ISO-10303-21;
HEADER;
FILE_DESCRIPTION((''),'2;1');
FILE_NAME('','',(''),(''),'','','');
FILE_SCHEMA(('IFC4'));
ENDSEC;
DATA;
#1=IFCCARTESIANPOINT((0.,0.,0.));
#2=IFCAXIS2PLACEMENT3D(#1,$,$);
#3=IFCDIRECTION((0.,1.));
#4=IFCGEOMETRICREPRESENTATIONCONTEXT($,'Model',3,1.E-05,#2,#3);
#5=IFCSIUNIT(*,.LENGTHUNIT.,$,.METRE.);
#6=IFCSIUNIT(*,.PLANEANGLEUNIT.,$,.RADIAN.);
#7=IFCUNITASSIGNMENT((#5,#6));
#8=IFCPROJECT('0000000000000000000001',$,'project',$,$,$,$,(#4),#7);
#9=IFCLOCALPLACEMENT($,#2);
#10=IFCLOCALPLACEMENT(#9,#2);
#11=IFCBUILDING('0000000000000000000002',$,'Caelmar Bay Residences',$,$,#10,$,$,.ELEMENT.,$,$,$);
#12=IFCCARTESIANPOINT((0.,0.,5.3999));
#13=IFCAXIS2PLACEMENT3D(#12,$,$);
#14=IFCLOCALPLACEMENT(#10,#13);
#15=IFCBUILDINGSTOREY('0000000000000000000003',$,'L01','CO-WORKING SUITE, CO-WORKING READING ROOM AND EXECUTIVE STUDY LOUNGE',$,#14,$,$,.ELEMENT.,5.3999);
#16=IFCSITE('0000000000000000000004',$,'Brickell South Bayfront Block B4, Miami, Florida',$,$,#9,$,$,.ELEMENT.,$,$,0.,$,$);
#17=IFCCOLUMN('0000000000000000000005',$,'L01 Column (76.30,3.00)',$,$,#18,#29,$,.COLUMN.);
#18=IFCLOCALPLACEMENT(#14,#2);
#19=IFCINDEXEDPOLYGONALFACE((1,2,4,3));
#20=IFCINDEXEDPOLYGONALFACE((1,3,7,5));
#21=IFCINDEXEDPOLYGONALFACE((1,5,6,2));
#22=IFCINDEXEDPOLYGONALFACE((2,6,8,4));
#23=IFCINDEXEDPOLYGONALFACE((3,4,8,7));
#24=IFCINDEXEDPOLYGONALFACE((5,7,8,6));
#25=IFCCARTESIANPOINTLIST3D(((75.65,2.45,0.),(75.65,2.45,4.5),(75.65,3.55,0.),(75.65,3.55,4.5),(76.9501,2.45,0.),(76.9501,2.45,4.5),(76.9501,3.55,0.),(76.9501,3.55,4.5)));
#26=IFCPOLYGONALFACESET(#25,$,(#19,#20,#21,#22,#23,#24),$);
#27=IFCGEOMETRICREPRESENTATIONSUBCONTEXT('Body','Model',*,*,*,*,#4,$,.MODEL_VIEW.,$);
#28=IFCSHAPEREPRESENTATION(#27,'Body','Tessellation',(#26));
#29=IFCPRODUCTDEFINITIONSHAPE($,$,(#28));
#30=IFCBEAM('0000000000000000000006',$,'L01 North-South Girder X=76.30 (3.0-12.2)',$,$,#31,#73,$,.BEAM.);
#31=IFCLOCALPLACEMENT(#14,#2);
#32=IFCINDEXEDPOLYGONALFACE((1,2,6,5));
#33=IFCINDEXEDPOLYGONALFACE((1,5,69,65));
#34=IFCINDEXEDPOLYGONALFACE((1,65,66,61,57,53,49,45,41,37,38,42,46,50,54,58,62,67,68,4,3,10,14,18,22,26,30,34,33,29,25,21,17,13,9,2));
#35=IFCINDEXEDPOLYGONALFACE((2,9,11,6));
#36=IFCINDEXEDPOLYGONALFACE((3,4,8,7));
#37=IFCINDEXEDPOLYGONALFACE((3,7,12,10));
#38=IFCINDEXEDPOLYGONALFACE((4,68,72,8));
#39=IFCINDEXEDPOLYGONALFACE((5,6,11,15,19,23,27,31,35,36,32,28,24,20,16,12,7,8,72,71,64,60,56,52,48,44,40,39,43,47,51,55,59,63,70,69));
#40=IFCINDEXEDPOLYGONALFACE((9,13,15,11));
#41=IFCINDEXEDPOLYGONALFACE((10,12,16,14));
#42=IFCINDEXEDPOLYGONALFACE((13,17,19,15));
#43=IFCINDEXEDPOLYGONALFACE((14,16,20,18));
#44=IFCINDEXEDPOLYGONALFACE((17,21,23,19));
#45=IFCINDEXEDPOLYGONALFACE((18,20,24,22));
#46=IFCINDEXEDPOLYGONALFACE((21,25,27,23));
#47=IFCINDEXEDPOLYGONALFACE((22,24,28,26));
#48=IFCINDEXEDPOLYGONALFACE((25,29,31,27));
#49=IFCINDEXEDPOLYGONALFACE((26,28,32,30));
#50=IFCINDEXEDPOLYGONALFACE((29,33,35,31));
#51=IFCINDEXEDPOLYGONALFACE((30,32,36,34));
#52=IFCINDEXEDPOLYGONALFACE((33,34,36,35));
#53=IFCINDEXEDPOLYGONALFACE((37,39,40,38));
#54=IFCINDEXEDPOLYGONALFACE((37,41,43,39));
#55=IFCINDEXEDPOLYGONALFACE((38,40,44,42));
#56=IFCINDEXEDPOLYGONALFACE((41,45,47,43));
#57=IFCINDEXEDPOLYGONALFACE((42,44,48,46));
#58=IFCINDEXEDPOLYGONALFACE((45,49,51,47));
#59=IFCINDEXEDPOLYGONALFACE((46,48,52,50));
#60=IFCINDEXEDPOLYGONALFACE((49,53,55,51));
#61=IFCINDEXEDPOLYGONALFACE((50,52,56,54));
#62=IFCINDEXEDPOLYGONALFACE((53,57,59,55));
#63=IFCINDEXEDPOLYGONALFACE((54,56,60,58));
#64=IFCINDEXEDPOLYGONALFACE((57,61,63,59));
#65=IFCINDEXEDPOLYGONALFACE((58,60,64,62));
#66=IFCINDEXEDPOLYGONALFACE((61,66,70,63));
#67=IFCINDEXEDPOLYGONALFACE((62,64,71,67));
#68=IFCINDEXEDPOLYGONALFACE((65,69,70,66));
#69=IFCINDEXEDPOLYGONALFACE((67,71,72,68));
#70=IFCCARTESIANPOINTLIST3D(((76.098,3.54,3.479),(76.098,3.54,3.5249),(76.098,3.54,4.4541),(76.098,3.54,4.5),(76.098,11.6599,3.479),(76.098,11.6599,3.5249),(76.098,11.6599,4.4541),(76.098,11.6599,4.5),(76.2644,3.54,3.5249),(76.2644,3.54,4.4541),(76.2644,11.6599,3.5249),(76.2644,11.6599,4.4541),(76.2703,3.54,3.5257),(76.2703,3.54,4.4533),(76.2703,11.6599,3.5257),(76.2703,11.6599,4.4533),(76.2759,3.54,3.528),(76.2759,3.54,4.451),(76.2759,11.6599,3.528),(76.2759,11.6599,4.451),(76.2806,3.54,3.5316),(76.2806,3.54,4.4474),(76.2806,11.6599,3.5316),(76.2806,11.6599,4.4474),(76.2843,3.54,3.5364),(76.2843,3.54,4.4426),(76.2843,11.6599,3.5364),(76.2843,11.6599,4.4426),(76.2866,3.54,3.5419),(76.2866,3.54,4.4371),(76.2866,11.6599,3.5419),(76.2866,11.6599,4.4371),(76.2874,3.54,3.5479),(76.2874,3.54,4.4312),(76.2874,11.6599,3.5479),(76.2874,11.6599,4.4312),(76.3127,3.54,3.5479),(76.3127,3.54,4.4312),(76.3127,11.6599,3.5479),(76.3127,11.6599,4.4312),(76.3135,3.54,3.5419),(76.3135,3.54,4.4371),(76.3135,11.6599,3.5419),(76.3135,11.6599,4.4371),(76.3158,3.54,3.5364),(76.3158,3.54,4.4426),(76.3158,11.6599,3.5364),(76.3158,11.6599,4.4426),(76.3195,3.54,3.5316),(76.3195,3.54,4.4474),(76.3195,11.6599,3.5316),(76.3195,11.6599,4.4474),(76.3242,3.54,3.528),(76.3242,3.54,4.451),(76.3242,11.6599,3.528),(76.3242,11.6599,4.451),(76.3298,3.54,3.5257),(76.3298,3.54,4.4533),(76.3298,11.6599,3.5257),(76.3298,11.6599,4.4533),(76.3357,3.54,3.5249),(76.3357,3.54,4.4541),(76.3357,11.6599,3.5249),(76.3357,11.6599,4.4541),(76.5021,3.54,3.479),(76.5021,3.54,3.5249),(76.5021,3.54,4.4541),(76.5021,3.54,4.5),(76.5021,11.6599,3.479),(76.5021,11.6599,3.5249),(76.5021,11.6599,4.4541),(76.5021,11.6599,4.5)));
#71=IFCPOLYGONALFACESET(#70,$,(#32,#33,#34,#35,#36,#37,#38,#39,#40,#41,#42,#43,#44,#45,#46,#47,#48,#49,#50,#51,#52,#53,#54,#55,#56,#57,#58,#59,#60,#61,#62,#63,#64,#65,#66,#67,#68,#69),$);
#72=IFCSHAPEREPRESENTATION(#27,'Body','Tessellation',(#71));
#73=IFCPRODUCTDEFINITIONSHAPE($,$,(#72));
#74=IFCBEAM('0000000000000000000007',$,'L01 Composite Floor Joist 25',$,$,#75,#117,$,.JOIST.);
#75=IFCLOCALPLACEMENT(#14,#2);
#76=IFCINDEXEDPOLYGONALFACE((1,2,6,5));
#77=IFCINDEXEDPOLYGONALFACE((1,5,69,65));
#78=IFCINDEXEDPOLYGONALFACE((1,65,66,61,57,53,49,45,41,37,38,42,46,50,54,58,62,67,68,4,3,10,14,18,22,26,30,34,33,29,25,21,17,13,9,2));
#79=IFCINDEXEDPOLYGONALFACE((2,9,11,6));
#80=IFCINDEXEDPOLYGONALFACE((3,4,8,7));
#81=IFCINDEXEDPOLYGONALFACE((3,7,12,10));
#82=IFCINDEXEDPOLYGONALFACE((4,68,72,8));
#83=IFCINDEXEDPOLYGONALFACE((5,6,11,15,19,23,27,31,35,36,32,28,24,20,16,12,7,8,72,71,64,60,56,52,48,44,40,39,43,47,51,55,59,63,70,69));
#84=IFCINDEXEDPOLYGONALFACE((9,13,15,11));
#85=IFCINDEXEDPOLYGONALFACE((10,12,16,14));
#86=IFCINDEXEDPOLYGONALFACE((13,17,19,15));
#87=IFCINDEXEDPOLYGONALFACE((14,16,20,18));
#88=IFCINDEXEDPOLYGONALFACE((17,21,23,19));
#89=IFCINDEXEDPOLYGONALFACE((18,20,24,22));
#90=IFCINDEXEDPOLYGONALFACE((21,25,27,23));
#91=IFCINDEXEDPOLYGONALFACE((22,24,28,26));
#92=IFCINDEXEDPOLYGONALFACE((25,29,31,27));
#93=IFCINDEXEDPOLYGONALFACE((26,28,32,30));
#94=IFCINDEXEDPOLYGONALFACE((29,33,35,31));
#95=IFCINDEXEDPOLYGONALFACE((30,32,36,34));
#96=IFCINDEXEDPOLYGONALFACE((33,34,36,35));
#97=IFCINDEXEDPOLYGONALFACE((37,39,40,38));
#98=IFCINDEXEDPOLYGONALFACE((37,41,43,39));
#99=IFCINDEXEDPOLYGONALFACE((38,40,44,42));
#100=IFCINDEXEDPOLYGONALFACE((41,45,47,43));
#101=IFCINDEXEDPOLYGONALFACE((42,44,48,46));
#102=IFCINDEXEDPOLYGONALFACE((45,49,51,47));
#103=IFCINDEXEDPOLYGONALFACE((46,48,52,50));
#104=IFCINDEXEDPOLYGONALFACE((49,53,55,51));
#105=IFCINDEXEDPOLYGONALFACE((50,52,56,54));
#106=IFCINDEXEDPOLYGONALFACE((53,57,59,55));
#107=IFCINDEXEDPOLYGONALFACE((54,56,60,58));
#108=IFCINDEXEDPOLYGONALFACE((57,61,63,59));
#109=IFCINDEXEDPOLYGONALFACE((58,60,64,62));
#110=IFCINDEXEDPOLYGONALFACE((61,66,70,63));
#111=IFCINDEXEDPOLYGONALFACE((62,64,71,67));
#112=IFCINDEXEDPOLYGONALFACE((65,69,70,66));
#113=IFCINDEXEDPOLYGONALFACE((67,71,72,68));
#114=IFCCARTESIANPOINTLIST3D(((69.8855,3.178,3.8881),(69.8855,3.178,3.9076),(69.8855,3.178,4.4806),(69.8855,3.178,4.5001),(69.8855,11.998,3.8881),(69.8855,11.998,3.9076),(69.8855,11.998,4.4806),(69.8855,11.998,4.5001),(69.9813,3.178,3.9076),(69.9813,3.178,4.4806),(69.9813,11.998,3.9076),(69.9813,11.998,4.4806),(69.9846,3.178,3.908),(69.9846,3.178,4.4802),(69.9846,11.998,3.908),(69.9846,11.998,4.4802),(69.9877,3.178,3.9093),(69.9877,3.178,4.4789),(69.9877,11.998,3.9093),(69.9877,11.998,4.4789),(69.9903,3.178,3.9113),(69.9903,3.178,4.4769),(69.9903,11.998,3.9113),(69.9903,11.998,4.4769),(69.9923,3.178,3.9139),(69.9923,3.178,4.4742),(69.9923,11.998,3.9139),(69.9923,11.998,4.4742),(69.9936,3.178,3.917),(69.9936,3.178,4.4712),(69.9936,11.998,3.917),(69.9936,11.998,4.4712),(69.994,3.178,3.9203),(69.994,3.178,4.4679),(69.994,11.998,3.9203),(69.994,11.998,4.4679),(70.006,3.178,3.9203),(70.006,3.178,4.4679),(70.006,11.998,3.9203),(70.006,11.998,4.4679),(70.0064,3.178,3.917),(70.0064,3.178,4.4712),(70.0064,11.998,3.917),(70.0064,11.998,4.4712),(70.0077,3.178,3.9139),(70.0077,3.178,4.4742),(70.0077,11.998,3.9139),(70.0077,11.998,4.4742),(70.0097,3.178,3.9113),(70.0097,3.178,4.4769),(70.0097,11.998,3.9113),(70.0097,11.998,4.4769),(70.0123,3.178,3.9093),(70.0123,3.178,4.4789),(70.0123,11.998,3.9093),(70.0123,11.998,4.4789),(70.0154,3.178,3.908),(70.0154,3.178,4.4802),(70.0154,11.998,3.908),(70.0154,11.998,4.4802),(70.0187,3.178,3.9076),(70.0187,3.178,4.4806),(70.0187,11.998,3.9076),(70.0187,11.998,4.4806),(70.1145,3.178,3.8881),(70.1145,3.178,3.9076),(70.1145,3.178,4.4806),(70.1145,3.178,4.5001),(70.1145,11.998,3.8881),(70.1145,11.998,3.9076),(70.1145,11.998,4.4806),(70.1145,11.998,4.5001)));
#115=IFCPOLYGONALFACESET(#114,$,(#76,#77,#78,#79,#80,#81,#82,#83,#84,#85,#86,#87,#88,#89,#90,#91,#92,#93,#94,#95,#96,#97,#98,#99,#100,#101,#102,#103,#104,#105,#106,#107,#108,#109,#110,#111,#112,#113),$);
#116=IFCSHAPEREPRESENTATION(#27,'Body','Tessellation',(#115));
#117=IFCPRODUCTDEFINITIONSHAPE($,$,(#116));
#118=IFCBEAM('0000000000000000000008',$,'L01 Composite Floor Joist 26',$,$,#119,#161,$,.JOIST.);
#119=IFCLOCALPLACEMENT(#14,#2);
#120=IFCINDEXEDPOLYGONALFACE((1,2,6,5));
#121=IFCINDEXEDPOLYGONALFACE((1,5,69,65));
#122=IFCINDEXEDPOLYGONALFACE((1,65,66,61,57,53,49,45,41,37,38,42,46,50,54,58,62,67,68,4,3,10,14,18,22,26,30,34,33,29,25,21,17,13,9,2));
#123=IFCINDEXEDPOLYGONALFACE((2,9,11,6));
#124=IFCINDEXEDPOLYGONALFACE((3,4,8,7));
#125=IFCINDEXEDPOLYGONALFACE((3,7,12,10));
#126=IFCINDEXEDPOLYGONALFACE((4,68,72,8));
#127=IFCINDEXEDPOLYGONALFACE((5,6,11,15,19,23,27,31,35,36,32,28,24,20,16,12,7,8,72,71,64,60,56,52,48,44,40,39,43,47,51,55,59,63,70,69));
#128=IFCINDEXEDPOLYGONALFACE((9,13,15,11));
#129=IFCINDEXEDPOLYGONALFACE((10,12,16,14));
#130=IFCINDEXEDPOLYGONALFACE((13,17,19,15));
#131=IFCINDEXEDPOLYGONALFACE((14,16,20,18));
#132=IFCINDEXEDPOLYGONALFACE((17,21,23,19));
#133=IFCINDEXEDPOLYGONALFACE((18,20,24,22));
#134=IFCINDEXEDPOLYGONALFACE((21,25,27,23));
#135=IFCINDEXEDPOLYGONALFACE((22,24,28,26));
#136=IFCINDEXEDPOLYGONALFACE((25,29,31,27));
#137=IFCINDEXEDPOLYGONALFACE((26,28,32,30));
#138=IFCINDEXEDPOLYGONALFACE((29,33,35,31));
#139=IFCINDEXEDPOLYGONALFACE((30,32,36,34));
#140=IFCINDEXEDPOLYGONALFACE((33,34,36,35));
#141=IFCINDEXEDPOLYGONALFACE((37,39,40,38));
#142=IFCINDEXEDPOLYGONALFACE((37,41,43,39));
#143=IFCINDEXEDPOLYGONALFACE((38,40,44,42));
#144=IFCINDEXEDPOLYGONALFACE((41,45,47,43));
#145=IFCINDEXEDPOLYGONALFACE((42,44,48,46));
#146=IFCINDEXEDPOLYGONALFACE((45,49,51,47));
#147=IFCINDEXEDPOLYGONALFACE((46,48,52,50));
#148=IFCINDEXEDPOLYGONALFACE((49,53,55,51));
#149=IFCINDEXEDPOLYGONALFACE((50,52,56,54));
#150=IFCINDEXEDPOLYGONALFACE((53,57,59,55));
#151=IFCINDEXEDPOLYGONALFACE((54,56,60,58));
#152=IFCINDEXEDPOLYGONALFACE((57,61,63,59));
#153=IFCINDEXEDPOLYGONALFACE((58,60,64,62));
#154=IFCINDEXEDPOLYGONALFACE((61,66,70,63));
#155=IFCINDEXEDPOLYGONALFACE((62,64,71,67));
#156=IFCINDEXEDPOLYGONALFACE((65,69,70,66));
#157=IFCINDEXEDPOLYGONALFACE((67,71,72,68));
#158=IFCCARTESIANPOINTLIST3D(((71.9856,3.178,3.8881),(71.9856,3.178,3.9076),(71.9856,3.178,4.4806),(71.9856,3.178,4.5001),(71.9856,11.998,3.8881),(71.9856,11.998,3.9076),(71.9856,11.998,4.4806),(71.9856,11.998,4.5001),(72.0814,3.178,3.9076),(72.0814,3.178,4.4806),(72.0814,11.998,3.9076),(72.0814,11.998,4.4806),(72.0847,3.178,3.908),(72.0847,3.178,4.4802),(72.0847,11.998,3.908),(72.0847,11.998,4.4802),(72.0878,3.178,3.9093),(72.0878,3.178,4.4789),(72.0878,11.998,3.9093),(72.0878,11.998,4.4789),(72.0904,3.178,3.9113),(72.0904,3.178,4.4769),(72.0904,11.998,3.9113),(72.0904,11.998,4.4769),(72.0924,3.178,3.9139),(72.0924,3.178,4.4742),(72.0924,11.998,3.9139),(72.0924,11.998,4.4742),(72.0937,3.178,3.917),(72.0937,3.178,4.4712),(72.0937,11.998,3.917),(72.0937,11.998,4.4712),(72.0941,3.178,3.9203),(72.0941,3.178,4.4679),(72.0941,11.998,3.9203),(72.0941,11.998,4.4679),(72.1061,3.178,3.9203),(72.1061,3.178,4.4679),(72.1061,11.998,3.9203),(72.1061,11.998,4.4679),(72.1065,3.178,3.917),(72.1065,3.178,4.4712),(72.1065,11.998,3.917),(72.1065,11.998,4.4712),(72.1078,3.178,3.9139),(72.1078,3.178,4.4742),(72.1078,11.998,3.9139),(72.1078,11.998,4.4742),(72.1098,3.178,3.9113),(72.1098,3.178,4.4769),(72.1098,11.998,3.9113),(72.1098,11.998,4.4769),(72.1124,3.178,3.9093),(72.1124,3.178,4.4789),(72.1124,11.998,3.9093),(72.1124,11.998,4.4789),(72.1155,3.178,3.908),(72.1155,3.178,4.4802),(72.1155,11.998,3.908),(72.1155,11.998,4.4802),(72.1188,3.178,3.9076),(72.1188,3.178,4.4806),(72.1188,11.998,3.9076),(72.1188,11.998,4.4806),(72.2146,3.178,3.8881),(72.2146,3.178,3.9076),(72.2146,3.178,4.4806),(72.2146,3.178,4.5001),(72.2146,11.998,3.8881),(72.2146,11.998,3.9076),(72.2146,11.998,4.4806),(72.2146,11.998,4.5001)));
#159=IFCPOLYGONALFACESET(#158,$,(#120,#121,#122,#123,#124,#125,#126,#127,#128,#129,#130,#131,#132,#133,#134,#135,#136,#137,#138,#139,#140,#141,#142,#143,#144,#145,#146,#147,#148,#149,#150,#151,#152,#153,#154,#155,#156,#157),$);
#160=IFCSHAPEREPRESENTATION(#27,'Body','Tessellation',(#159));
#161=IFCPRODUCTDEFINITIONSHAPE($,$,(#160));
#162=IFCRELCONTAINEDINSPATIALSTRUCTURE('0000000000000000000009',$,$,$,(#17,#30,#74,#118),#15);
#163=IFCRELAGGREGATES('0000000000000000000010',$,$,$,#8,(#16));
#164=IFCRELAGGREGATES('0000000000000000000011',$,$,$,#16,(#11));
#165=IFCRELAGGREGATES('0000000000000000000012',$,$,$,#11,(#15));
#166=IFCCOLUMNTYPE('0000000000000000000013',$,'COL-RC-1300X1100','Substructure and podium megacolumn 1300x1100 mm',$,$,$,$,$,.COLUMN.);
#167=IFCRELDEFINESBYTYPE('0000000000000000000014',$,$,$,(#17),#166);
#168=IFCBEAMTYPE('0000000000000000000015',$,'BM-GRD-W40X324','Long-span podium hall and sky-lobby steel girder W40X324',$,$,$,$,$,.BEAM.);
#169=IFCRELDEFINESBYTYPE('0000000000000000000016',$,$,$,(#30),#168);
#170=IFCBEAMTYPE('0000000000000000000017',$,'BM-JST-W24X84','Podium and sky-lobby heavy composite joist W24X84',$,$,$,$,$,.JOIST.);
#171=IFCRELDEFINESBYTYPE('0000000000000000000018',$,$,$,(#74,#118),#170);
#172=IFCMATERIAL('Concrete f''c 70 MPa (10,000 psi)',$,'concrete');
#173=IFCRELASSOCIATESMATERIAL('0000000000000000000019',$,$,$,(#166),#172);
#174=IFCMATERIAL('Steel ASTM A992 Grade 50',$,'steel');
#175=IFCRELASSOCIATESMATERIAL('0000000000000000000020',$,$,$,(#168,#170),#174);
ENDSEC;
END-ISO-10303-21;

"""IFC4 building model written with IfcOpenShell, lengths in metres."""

from ifc_helpers import new_model, si_unit, direction, frame, origin, origin_2d, place, context, subcontext, project, spatial, rectangle, i_section, extrude, material, material_profile, profile_set, type_object, element, save


model = new_model("IFC4")

# Units and contexts
model_context = context("Model", 3, precision=1e-05, world=origin(), true_north=direction((0.0, 1.0)))
body_context = subcontext(model_context, "Body", "Model", "MODEL_VIEW")
ifc_project = project(units=[si_unit("LENGTHUNIT", "METRE"), si_unit("PLANEANGLEUNIT", "RADIAN")], contexts=[model_context])

# Site, building, storey
site_placement = place(None, origin())
site = spatial("IfcSite", under=ifc_project, at=site_placement, Name="Brickell South Bayfront Block B4, Miami, Florida", CompositionType="ELEMENT", RefElevation=0.0)
building_placement = place(site_placement, origin())
building = spatial("IfcBuilding", under=site, at=building_placement, Name="Caelmar Bay Residences", CompositionType="ELEMENT")
storey_placement = place(building_placement, frame((0.0, 0.0, 5.3999)))
storey = spatial("IfcBuildingStorey", under=building, at=storey_placement, Name="L01", Description="CO-WORKING SUITE, CO-WORKING READING ROOM AND EXECUTIVE STUDY LOUNGE", CompositionType="ELEMENT", Elevation=5.3999)

# Column
ifc_material_1 = material(Name="Concrete f'c 70 MPa (10,000 psi)", Category="concrete")
ifc_material_profile_1 = material_profile(ifc_material_1, rectangle(XDim=1.3, YDim=1.1001, at=origin_2d()), Name="RC-COL-1300X1100")
ifc_profile_set_1 = profile_set([ifc_material_profile_1], Name="Concrete f'c 70 MPa (10,000 psi)")
column_type = type_object("IfcColumnType", Name="COL-RC-1300X1100", Description="Substructure and podium megacolumn 1300x1100 mm", PredefinedType="COLUMN", material=ifc_profile_set_1)
column_placement = place(storey_placement, frame((76.3, 3.0, 0.0), z_axis=(0.0, 0.0, 1.0), x_axis=(1.0, 0.0, 0.0)))
element("IfcColumn", 1, at=column_placement, inside=storey, type_object=column_type, Name="L01 Column (76.30,3.00)", PredefinedType="COLUMN", context=body_context, shape_type="SweptSolid", body=[
    extrude(rectangle(XDim=1.3, YDim=1.1001, at=origin_2d()), origin(), (0.0, 0.0, 1.0), 4.5),
])

# Beams
ifc_material_2 = material(Name="Steel ASTM A992 Grade 50", Category="steel")
ifc_material_profile_2 = material_profile(ifc_material_2, i_section(OverallWidth=0.4041, OverallDepth=1.021, WebThickness=0.0254, FlangeThickness=0.0459, FilletRadius=0.0229, at=origin_2d()), Name="W40X324")
ifc_profile_set_2 = profile_set([ifc_material_profile_2], Name="Steel ASTM A992 Grade 50")
beam_type_1 = type_object("IfcBeamType", Name="BM-GRD-W40X324", Description="Long-span podium hall and sky-lobby steel girder W40X324", PredefinedType="BEAM", material=ifc_profile_set_2)
beam_placement = place(storey_placement, frame((76.3, 3.54, 3.9895), z_axis=(0.0, 1.0, 0.0), x_axis=(-1.0, 0.0, 0.0)))
element("IfcBeam", 2, at=beam_placement, inside=storey, type_object=beam_type_1, Name="L01 North-South Girder X=76.30 (3.0-12.2)", PredefinedType="BEAM", context=body_context, shape_type="SweptSolid", body=[
    extrude(i_section(OverallWidth=0.4041, OverallDepth=1.021, WebThickness=0.0254, FlangeThickness=0.0459, FilletRadius=0.0229, at=origin_2d()), origin(), (0.0, 0.0, 1.0), 8.1199),
])
ifc_material_profile_3 = material_profile(ifc_material_2, i_section(OverallWidth=0.229, OverallDepth=0.6121, WebThickness=0.012, FlangeThickness=0.0195, FilletRadius=0.0127, at=origin_2d()), Name="W24X84")
ifc_profile_set_3 = profile_set([ifc_material_profile_3], Name="Steel ASTM A992 Grade 50")
beam_type_2 = type_object("IfcBeamType", Name="BM-JST-W24X84", Description="Podium and sky-lobby heavy composite joist W24X84", PredefinedType="JOIST", material=ifc_profile_set_3)
for number, where, z_axis, x_axis, name in (
    (3, (70.0, 3.178, 4.1941), (0.0, 1.0, 0.0), (-1.0, 0.0, 0.0), "L01 Composite Floor Joist 25"),
    (4, (72.1001, 3.178, 4.1941), (0.0, 1.0, 0.0), (-1.0, 0.0, 0.0), "L01 Composite Floor Joist 26"),
):
    element("IfcBeam", number, at=place(storey_placement, frame(where, z_axis=z_axis, x_axis=x_axis)), inside=storey, type_object=beam_type_2, Name=name, PredefinedType="JOIST", context=body_context, shape_type="SweptSolid", body=[
        extrude(i_section(OverallWidth=0.229, OverallDepth=0.6121, WebThickness=0.012, FlangeThickness=0.0195, FilletRadius=0.0127, at=origin_2d()), origin(), (0.0, 0.0, 1.0), 8.8201),
    ])

save(model, "model.ifc")
